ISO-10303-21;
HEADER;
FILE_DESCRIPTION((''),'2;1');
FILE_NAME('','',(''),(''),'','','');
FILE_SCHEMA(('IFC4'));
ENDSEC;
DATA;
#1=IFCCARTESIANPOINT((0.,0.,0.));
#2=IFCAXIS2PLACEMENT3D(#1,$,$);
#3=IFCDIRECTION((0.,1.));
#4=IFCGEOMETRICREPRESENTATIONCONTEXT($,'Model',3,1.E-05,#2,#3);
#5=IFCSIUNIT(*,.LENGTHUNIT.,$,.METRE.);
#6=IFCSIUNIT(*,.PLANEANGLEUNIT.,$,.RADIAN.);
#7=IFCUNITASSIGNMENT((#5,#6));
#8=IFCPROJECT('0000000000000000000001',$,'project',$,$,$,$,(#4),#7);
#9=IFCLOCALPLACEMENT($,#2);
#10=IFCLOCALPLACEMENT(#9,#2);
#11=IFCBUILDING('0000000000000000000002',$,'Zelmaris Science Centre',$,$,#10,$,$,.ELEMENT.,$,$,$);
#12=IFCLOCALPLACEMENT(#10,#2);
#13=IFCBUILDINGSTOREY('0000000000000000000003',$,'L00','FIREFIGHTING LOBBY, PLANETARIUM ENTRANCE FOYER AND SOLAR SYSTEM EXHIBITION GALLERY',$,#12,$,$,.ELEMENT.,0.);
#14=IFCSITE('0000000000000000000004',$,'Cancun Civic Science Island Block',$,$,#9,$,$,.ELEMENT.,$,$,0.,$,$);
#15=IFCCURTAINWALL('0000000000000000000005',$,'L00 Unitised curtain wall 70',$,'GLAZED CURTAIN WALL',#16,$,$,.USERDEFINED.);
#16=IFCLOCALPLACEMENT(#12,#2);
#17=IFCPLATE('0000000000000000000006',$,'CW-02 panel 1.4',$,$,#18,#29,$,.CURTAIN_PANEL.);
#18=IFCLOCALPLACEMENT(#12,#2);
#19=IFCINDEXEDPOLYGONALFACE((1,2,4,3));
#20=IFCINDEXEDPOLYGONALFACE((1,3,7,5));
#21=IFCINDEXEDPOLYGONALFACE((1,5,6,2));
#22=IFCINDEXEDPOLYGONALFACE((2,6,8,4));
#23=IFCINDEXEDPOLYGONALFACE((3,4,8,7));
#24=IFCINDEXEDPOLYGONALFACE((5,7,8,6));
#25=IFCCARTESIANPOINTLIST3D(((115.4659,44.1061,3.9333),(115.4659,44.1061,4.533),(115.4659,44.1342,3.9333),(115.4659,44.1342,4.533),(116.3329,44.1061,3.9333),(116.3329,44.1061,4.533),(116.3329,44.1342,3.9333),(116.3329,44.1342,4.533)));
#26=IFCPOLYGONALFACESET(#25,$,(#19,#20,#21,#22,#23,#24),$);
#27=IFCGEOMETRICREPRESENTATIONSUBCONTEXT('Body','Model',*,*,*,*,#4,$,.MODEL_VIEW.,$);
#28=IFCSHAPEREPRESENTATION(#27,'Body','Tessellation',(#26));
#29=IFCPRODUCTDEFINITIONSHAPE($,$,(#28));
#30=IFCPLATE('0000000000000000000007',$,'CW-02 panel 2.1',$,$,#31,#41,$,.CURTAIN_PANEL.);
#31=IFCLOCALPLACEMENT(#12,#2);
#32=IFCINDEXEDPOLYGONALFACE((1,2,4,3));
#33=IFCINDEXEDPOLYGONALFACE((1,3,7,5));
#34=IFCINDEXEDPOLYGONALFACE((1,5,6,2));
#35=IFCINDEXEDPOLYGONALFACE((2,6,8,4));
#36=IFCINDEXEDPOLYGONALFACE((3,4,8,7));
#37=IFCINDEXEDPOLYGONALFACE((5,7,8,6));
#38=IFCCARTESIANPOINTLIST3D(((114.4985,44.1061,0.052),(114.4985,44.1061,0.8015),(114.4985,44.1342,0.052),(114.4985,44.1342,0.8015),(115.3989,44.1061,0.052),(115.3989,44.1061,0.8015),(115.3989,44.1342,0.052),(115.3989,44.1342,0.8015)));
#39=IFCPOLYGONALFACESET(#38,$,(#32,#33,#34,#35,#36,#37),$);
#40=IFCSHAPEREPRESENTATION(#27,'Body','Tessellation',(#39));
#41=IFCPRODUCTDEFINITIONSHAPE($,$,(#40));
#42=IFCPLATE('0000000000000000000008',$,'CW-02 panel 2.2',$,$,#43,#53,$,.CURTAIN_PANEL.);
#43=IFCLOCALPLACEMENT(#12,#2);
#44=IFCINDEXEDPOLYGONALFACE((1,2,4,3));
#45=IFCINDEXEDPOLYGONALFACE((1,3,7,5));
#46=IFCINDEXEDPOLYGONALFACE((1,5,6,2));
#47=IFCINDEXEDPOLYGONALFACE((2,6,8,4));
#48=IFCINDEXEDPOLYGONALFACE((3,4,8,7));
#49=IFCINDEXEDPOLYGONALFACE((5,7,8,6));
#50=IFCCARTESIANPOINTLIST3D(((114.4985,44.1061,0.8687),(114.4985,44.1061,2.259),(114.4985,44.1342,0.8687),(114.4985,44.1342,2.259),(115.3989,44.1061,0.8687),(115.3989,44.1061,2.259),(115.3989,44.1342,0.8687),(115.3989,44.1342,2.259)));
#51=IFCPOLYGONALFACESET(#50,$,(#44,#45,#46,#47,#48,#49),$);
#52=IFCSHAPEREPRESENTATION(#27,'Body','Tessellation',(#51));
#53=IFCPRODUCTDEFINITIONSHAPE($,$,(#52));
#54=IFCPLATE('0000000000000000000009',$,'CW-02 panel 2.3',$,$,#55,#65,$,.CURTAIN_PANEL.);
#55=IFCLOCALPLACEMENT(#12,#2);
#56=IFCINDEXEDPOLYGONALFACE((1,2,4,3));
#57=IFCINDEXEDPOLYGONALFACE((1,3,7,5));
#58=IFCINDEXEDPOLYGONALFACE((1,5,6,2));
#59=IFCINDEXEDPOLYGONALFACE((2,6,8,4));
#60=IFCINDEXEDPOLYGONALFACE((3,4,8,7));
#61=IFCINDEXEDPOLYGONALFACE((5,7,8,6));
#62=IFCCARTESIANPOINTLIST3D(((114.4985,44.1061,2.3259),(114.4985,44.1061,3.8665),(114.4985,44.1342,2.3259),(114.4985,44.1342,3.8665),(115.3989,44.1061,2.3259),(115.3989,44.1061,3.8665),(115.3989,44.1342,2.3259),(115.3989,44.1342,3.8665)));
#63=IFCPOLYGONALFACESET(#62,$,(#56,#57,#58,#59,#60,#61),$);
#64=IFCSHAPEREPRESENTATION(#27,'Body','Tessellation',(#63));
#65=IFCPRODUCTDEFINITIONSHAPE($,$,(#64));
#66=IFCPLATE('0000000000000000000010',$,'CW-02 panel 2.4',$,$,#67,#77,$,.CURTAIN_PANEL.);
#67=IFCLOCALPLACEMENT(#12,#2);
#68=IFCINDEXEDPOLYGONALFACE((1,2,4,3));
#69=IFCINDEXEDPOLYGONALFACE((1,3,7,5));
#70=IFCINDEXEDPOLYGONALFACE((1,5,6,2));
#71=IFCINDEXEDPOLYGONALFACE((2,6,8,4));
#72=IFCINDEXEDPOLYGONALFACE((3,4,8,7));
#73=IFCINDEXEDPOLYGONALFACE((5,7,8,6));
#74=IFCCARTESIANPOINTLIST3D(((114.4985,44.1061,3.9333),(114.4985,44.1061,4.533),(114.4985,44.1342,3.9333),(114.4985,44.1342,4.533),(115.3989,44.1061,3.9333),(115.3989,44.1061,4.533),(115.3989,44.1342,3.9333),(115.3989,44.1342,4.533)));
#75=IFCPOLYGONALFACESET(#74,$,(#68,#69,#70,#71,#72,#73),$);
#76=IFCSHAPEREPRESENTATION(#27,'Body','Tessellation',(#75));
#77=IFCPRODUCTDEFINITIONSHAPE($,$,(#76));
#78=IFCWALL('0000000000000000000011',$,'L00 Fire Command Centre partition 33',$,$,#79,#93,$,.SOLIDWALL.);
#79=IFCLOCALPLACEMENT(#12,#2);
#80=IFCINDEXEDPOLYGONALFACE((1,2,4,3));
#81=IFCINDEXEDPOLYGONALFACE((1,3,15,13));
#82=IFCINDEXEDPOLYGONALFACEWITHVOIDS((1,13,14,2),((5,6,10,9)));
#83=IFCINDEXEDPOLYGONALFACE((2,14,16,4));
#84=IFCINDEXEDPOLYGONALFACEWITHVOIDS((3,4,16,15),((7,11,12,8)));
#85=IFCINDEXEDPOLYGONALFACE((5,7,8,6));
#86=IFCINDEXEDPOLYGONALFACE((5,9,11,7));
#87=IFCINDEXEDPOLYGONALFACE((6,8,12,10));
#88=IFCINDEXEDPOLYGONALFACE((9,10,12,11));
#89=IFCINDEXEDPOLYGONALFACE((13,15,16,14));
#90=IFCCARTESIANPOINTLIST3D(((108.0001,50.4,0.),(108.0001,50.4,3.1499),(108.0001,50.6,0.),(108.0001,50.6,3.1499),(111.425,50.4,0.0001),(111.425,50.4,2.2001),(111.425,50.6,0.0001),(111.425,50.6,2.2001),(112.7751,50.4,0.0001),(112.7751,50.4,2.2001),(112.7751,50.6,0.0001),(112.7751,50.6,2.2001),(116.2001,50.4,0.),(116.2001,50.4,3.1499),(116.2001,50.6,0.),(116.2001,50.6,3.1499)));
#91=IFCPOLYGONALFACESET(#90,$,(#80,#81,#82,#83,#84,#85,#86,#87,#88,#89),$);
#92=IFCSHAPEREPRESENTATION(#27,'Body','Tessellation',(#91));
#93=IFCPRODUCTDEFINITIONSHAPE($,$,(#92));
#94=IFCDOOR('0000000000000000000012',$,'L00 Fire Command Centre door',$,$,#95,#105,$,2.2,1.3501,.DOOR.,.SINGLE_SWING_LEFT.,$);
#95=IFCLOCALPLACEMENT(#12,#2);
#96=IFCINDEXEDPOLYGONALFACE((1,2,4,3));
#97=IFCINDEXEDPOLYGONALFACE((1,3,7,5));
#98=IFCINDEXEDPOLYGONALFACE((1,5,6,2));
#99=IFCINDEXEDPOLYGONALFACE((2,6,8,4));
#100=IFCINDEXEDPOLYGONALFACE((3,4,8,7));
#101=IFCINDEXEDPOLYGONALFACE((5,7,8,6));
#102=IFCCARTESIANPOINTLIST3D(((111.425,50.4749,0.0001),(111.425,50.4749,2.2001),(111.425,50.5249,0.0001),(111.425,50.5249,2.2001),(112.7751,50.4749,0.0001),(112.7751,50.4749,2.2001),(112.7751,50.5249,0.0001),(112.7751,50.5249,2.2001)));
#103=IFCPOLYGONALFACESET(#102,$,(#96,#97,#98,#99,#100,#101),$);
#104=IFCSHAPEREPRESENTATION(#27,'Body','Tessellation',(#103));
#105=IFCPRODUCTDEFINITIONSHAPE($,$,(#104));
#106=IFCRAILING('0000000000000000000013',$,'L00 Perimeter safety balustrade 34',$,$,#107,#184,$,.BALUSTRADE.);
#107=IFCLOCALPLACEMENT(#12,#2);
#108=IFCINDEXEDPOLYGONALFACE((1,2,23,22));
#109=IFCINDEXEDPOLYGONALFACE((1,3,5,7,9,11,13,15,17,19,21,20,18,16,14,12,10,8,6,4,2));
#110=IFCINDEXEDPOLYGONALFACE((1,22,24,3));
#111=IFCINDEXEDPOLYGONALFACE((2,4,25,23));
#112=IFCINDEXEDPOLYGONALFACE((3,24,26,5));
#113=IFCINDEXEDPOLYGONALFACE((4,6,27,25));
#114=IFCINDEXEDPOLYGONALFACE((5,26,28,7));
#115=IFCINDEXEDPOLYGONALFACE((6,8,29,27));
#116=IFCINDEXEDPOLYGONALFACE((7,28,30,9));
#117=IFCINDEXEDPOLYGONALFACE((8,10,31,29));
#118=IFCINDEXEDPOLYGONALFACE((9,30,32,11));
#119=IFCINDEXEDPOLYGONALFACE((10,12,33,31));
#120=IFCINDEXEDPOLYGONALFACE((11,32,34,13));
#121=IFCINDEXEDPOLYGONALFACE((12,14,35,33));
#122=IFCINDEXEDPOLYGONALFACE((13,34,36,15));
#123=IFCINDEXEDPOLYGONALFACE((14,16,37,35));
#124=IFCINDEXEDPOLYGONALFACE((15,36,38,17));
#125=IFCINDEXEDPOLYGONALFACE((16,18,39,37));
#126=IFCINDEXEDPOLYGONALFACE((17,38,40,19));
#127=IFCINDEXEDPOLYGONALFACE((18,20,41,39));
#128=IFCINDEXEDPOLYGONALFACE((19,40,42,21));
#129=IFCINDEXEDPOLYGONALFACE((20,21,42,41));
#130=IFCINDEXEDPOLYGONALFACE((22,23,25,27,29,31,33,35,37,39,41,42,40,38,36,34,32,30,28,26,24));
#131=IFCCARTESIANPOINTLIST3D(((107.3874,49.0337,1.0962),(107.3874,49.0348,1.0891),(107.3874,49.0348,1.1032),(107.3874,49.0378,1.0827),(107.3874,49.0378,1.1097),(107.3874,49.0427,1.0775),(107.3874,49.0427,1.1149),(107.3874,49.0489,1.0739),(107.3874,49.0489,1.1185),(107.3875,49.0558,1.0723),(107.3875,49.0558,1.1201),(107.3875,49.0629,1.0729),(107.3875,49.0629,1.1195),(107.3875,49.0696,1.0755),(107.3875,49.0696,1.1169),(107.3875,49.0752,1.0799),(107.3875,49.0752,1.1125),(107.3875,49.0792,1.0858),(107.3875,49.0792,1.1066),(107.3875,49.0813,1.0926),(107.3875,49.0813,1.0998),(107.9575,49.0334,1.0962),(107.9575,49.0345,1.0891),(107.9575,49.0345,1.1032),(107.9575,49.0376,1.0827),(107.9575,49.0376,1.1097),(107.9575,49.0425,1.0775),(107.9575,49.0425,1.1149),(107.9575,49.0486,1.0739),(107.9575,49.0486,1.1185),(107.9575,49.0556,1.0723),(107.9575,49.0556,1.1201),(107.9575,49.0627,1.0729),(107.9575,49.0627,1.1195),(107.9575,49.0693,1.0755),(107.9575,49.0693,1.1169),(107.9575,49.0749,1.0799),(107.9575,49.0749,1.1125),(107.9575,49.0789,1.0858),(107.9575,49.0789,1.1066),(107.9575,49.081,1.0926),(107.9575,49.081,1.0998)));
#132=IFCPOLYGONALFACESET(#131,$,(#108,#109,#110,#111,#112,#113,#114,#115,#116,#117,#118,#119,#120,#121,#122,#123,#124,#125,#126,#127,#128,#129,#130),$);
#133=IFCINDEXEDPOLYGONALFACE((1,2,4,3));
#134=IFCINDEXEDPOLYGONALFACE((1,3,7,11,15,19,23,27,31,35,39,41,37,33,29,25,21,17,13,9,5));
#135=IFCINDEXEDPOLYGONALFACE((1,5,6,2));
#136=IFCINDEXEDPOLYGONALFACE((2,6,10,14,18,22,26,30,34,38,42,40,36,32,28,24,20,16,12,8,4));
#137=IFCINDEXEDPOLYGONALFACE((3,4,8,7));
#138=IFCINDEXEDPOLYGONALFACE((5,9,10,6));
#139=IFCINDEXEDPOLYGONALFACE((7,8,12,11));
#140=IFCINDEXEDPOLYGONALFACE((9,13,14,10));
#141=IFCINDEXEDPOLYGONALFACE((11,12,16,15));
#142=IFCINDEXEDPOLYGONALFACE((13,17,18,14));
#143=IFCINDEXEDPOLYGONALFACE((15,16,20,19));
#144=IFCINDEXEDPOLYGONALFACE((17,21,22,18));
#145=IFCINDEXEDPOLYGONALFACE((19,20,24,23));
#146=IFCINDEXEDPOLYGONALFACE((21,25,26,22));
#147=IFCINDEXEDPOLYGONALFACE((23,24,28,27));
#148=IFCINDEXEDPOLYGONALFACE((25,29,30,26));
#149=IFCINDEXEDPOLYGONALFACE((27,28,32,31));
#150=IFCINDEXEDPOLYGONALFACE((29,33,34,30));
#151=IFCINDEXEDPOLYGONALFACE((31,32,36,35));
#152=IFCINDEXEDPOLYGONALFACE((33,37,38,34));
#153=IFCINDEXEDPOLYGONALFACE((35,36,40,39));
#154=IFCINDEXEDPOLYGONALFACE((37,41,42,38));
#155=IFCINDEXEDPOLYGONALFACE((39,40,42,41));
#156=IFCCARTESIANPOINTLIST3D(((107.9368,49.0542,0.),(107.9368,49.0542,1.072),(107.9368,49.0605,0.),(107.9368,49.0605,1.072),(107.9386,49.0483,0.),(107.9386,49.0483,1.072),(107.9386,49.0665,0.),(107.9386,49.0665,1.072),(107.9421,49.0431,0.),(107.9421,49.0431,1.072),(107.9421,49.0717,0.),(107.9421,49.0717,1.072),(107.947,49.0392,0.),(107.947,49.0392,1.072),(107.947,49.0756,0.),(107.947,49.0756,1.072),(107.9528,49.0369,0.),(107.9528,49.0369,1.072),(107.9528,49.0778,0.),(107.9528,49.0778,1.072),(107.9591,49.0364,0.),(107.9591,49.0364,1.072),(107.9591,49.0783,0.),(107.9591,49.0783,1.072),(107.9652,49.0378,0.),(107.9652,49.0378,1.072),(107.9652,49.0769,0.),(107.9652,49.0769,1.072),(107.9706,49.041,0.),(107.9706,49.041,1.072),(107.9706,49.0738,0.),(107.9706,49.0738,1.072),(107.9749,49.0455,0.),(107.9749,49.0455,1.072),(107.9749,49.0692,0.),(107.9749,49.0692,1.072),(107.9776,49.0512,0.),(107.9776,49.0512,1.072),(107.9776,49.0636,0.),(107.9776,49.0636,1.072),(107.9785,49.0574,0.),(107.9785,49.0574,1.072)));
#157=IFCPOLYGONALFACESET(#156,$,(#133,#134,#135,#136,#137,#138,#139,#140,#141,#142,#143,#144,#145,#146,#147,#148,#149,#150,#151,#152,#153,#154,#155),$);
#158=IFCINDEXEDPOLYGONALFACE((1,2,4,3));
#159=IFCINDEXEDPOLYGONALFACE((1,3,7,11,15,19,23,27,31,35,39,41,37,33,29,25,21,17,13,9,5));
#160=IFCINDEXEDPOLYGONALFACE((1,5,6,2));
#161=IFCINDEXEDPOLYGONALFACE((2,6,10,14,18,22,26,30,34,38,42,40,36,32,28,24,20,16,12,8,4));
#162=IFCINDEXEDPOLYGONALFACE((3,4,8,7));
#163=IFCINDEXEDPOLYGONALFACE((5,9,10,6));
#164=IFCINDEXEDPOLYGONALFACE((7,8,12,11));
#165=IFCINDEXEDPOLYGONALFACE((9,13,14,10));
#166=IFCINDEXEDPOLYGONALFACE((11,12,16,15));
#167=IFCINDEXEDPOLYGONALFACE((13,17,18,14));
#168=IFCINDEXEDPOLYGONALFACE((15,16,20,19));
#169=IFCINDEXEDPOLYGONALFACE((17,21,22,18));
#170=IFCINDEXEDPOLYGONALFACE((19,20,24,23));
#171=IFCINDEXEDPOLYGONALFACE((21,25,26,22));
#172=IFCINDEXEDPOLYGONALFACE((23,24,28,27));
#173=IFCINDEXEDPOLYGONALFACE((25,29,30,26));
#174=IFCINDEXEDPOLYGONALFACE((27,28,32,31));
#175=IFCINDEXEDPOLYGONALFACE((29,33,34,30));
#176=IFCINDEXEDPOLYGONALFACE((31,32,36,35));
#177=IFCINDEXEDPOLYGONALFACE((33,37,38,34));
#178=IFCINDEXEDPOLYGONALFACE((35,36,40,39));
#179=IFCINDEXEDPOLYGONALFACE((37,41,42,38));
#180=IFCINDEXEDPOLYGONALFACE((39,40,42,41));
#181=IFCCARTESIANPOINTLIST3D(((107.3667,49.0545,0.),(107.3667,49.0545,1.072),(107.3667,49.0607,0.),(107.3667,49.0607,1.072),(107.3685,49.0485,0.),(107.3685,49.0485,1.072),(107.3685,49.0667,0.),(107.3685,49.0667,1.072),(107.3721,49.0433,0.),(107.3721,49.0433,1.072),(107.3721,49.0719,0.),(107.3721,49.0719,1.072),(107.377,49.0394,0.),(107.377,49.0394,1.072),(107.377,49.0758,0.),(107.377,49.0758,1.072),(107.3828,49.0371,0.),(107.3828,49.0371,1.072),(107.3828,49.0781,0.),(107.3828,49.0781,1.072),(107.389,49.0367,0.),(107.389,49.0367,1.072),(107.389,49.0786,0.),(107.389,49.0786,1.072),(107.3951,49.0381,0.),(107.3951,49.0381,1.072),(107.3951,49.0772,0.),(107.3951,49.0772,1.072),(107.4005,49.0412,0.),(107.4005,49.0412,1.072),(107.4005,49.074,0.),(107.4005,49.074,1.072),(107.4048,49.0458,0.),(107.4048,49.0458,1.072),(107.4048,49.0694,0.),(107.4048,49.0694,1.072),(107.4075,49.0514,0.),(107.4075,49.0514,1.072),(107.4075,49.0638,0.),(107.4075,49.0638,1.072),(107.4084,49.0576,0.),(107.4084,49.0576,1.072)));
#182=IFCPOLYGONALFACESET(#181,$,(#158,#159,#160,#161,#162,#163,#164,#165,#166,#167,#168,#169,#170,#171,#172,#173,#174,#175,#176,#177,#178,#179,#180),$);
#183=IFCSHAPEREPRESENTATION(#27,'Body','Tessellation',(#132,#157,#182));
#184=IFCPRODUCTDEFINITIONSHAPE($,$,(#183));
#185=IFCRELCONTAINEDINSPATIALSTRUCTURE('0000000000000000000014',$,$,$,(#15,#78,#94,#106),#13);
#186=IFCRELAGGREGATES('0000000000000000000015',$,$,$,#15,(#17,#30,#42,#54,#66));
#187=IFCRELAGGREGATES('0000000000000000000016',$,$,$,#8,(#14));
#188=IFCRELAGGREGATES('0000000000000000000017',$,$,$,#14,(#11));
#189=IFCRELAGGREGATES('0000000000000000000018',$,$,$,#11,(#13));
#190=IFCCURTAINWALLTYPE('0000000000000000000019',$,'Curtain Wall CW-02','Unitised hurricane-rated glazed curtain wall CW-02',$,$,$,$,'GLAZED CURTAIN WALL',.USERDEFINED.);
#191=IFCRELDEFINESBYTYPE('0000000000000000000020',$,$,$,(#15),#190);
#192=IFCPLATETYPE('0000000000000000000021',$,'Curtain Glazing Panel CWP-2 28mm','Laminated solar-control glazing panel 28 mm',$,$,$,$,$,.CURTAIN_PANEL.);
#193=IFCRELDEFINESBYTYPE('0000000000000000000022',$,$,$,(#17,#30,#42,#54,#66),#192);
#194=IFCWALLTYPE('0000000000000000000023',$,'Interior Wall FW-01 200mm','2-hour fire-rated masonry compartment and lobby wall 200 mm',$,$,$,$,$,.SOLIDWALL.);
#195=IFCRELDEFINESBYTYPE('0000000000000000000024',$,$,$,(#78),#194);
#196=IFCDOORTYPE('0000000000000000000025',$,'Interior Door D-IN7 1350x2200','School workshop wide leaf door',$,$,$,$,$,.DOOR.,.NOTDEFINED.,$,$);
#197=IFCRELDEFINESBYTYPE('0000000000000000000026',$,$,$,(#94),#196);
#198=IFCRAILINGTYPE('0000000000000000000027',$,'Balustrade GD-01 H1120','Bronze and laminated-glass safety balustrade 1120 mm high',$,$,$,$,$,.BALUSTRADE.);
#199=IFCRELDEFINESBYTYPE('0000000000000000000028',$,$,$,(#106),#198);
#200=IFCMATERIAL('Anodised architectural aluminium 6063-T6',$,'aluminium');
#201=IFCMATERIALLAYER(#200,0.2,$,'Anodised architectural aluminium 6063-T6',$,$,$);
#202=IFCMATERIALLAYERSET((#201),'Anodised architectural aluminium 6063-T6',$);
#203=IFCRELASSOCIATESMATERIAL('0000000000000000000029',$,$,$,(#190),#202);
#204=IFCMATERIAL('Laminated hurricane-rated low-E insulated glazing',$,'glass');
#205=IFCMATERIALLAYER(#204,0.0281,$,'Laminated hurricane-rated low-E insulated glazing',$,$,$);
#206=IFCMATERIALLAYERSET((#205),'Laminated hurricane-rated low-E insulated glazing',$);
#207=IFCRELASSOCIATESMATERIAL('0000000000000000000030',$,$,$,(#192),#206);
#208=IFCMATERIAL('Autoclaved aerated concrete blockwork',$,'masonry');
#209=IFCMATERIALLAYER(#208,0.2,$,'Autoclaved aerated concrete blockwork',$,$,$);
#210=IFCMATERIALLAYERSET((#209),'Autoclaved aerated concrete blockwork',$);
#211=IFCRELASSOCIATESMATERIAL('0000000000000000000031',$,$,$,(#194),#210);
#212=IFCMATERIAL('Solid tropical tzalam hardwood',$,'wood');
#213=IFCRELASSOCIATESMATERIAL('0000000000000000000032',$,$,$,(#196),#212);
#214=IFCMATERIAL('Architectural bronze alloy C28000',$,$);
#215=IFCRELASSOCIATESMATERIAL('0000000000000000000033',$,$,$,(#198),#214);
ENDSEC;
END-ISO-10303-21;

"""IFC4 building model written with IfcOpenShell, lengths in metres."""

from ifc_helpers import new_model, si_unit, direction, frame, frame_2d, origin, origin_2d, place, context, subcontext, project, spatial, rectangle, circle, extrude, material, layer, layer_set, type_object, element, fill, aggregate, save


model = new_model("IFC4")

# Units and contexts
model_context = context("Model", 3, precision=1e-05, world=origin(), true_north=direction((0.0, 1.0)))
body_context = subcontext(model_context, "Body", "Model", "MODEL_VIEW")
ifc_project = project(units=[si_unit("LENGTHUNIT", "METRE"), si_unit("PLANEANGLEUNIT", "RADIAN")], contexts=[model_context])

# Site, building, storey
site_placement = place(None, origin())
site = spatial("IfcSite", under=ifc_project, at=site_placement, Name="Cancun Civic Science Island Block", CompositionType="ELEMENT", RefElevation=0.0)
building_placement = place(site_placement, origin())
building = spatial("IfcBuilding", under=site, at=building_placement, Name="Zelmaris Science Centre", CompositionType="ELEMENT")
storey_placement = place(building_placement, origin())
storey = spatial("IfcBuildingStorey", under=building, at=storey_placement, Name="L00", Description="FIREFIGHTING LOBBY, PLANETARIUM ENTRANCE FOYER AND SOLAR SYSTEM EXHIBITION GALLERY", CompositionType="ELEMENT", Elevation=0.0)

# Curtain wall
ifc_material_1 = material(Name="Anodised architectural aluminium 6063-T6", Category="aluminium")
ifc_layer_1 = layer(ifc_material_1, 0.2, Name="Anodised architectural aluminium 6063-T6")
ifc_layer_set_1 = layer_set([ifc_layer_1], Name="Anodised architectural aluminium 6063-T6")
curtain_wall_type = type_object("IfcCurtainWallType", Name="Curtain Wall CW-02", Description="Unitised hurricane-rated glazed curtain wall CW-02", ElementType="GLAZED CURTAIN WALL", PredefinedType="USERDEFINED", material=ifc_layer_set_1)
curtain_wall_placement = place(storey_placement, origin())
curtain_wall = element("IfcCurtainWall", 1, at=curtain_wall_placement, inside=storey, type_object=curtain_wall_type, Name="L00 Unitised curtain wall 70", ObjectType="GLAZED CURTAIN WALL", PredefinedType="USERDEFINED")

# Plates
ifc_material_2 = material(Name="Laminated hurricane-rated low-E insulated glazing", Category="glass")
ifc_layer_2 = layer(ifc_material_2, 0.0281, Name="Laminated hurricane-rated low-E insulated glazing")
ifc_layer_set_2 = layer_set([ifc_layer_2], Name="Laminated hurricane-rated low-E insulated glazing")
plate_type = type_object("IfcPlateType", Name="Curtain Glazing Panel CWP-2 28mm", Description="Laminated solar-control glazing panel 28 mm", PredefinedType="CURTAIN_PANEL", material=ifc_layer_set_2)
plate_1_placement = place(storey_placement, frame((115.8994, 44.1201, 3.9333), z_axis=(0.0, 0.0, 1.0), x_axis=(-1.0, 0.0, 0.0)))
plate_1 = element("IfcPlate", 2, at=plate_1_placement, type_object=plate_type, Name="CW-02 panel 1.4", PredefinedType="CURTAIN_PANEL", context=body_context, shape_type="SweptSolid", body=[
    extrude(rectangle(XDim=0.8669, YDim=0.0281, at=origin_2d()), origin(), (0.0, 0.0, 1.0), 0.5996),
])
plate_2_placement = place(storey_placement, frame((114.9487, 44.1201, 0.052), z_axis=(0.0, 0.0, 1.0), x_axis=(-1.0, 0.0, 0.0)))
plate_2 = element("IfcPlate", 3, at=plate_2_placement, type_object=plate_type, Name="CW-02 panel 2.1", PredefinedType="CURTAIN_PANEL", context=body_context, shape_type="SweptSolid", body=[
    extrude(rectangle(XDim=0.9004, YDim=0.0281, at=origin_2d()), origin(), (0.0, 0.0, 1.0), 0.7495),
])
plate_3_placement = place(storey_placement, frame((114.9487, 44.1201, 0.8687), z_axis=(0.0, 0.0, 1.0), x_axis=(-1.0, 0.0, 0.0)))
plate_3 = element("IfcPlate", 4, at=plate_3_placement, type_object=plate_type, Name="CW-02 panel 2.2", PredefinedType="CURTAIN_PANEL", context=body_context, shape_type="SweptSolid", body=[
    extrude(rectangle(XDim=0.9004, YDim=0.0281, at=origin_2d()), origin(), (0.0, 0.0, 1.0), 1.3904),
])
plate_4_placement = place(storey_placement, frame((114.9487, 44.1201, 2.3259), z_axis=(0.0, 0.0, 1.0), x_axis=(-1.0, 0.0, 0.0)))
plate_4 = element("IfcPlate", 5, at=plate_4_placement, type_object=plate_type, Name="CW-02 panel 2.3", PredefinedType="CURTAIN_PANEL", context=body_context, shape_type="SweptSolid", body=[
    extrude(rectangle(XDim=0.9004, YDim=0.0281, at=origin_2d()), origin(), (0.0, 0.0, 1.0), 1.5405),
])
plate_5_placement = place(storey_placement, frame((114.9487, 44.1201, 3.9333), z_axis=(0.0, 0.0, 1.0), x_axis=(-1.0, 0.0, 0.0)))
plate_5 = element("IfcPlate", 6, at=plate_5_placement, type_object=plate_type, Name="CW-02 panel 2.4", PredefinedType="CURTAIN_PANEL", context=body_context, shape_type="SweptSolid", body=[
    extrude(rectangle(XDim=0.9004, YDim=0.0281, at=origin_2d()), origin(), (0.0, 0.0, 1.0), 0.5996),
])
aggregate(curtain_wall, [plate_1, plate_2, plate_3, plate_4, plate_5])

# Wall, opening, door
ifc_material_3 = material(Name="Autoclaved aerated concrete blockwork", Category="masonry")
ifc_layer_3 = layer(ifc_material_3, 0.2, Name="Autoclaved aerated concrete blockwork")
ifc_layer_set_3 = layer_set([ifc_layer_3], Name="Autoclaved aerated concrete blockwork")
wall_type = type_object("IfcWallType", Name="Interior Wall FW-01 200mm", Description="2-hour fire-rated masonry compartment and lobby wall 200 mm", PredefinedType="SOLIDWALL", material=ifc_layer_set_3)
wall_placement = place(storey_placement, frame((108.0, 50.5, 0.0), z_axis=(0.0, 0.0, 1.0), x_axis=(1.0, 0.0, 0.0)))
wall = element("IfcWall", 7, at=wall_placement, inside=storey, type_object=wall_type, Name="L00 Fire Command Centre partition 33", PredefinedType="SOLIDWALL", context=body_context, shape_type="SweptSolid", body=[
    extrude(rectangle(XDim=8.2, YDim=0.2, at=frame_2d((4.1001, 0.0))), origin(), (0.0, 0.0, 1.0), 3.1499),
])
opening_placement = place(wall_placement, frame((3.425, 0.0, 0.0)))
opening = element("IfcOpeningElement", 8, at=opening_placement, cuts=wall, PredefinedType="OPENING", context=body_context, shape_type="SweptSolid", body=[
    extrude(rectangle(XDim=1.3501, YDim=2.2, at=frame_2d((0.675, 1.1001))), frame((0.0, 0.1099, 0.0), z_axis=(0.0, -1.0, 0.0), x_axis=(1.0, 0.0, 0.0)), (0.0, 0.0, 1.0), 0.22),
])
ifc_material_4 = material(Name="Solid tropical tzalam hardwood", Category="wood")
door_type = type_object("IfcDoorType", Name="Interior Door D-IN7 1350x2200", Description="School workshop wide leaf door", OperationType="NOTDEFINED", PredefinedType="DOOR", material=ifc_material_4)
door_placement = place(opening_placement, origin())
door = element("IfcDoor", 9, at=door_placement, inside=storey, type_object=door_type, Name="L00 Fire Command Centre door", OperationType="SINGLE_SWING_LEFT", OverallHeight=2.2, OverallWidth=1.3501, PredefinedType="DOOR", context=body_context, shape_type="SweptSolid", body=[
    extrude(rectangle(XDim=1.3501, YDim=2.2, at=frame_2d((0.675, 1.1001))), frame((0.0, 0.0249, 0.0), z_axis=(0.0, -1.0, 0.0), x_axis=(1.0, 0.0, 0.0)), (0.0, 0.0, 1.0), 0.05),
])
fill(opening, door)

# Railing
ifc_material_5 = material(Name="Architectural bronze alloy C28000")
railing_type = type_object("IfcRailingType", Name="Balustrade GD-01 H1120", Description="Bronze and laminated-glass safety balustrade 1120 mm high", PredefinedType="BALUSTRADE", material=ifc_material_5)
railing_placement = place(storey_placement, frame((107.9575, 49.0574, 0.0)))
element("IfcRailing", 10, at=railing_placement, inside=storey, type_object=railing_type, Name="L00 Perimeter safety balustrade 34", PredefinedType="BALUSTRADE", context=body_context, shape_type="SweptSolid", body=[
    extrude(circle(Radius=0.0239, at=origin_2d()), frame((0.0, 0.0, 1.0962), z_axis=(-1.0, 0.000428, 0.0), x_axis=(-0.000428, -1.0, 0.0)), (0.0, 0.0, 1.0), 0.5701),
    extrude(circle(Radius=0.021, at=origin_2d()), origin(), (0.0, 0.0, 1.0), 1.072),
    extrude(circle(Radius=0.021, at=origin_2d()), frame((-0.5701, 0.0002, 0.0)), (0.0, 0.0, 1.0), 1.072),
])

save(model, "model.ifc")
